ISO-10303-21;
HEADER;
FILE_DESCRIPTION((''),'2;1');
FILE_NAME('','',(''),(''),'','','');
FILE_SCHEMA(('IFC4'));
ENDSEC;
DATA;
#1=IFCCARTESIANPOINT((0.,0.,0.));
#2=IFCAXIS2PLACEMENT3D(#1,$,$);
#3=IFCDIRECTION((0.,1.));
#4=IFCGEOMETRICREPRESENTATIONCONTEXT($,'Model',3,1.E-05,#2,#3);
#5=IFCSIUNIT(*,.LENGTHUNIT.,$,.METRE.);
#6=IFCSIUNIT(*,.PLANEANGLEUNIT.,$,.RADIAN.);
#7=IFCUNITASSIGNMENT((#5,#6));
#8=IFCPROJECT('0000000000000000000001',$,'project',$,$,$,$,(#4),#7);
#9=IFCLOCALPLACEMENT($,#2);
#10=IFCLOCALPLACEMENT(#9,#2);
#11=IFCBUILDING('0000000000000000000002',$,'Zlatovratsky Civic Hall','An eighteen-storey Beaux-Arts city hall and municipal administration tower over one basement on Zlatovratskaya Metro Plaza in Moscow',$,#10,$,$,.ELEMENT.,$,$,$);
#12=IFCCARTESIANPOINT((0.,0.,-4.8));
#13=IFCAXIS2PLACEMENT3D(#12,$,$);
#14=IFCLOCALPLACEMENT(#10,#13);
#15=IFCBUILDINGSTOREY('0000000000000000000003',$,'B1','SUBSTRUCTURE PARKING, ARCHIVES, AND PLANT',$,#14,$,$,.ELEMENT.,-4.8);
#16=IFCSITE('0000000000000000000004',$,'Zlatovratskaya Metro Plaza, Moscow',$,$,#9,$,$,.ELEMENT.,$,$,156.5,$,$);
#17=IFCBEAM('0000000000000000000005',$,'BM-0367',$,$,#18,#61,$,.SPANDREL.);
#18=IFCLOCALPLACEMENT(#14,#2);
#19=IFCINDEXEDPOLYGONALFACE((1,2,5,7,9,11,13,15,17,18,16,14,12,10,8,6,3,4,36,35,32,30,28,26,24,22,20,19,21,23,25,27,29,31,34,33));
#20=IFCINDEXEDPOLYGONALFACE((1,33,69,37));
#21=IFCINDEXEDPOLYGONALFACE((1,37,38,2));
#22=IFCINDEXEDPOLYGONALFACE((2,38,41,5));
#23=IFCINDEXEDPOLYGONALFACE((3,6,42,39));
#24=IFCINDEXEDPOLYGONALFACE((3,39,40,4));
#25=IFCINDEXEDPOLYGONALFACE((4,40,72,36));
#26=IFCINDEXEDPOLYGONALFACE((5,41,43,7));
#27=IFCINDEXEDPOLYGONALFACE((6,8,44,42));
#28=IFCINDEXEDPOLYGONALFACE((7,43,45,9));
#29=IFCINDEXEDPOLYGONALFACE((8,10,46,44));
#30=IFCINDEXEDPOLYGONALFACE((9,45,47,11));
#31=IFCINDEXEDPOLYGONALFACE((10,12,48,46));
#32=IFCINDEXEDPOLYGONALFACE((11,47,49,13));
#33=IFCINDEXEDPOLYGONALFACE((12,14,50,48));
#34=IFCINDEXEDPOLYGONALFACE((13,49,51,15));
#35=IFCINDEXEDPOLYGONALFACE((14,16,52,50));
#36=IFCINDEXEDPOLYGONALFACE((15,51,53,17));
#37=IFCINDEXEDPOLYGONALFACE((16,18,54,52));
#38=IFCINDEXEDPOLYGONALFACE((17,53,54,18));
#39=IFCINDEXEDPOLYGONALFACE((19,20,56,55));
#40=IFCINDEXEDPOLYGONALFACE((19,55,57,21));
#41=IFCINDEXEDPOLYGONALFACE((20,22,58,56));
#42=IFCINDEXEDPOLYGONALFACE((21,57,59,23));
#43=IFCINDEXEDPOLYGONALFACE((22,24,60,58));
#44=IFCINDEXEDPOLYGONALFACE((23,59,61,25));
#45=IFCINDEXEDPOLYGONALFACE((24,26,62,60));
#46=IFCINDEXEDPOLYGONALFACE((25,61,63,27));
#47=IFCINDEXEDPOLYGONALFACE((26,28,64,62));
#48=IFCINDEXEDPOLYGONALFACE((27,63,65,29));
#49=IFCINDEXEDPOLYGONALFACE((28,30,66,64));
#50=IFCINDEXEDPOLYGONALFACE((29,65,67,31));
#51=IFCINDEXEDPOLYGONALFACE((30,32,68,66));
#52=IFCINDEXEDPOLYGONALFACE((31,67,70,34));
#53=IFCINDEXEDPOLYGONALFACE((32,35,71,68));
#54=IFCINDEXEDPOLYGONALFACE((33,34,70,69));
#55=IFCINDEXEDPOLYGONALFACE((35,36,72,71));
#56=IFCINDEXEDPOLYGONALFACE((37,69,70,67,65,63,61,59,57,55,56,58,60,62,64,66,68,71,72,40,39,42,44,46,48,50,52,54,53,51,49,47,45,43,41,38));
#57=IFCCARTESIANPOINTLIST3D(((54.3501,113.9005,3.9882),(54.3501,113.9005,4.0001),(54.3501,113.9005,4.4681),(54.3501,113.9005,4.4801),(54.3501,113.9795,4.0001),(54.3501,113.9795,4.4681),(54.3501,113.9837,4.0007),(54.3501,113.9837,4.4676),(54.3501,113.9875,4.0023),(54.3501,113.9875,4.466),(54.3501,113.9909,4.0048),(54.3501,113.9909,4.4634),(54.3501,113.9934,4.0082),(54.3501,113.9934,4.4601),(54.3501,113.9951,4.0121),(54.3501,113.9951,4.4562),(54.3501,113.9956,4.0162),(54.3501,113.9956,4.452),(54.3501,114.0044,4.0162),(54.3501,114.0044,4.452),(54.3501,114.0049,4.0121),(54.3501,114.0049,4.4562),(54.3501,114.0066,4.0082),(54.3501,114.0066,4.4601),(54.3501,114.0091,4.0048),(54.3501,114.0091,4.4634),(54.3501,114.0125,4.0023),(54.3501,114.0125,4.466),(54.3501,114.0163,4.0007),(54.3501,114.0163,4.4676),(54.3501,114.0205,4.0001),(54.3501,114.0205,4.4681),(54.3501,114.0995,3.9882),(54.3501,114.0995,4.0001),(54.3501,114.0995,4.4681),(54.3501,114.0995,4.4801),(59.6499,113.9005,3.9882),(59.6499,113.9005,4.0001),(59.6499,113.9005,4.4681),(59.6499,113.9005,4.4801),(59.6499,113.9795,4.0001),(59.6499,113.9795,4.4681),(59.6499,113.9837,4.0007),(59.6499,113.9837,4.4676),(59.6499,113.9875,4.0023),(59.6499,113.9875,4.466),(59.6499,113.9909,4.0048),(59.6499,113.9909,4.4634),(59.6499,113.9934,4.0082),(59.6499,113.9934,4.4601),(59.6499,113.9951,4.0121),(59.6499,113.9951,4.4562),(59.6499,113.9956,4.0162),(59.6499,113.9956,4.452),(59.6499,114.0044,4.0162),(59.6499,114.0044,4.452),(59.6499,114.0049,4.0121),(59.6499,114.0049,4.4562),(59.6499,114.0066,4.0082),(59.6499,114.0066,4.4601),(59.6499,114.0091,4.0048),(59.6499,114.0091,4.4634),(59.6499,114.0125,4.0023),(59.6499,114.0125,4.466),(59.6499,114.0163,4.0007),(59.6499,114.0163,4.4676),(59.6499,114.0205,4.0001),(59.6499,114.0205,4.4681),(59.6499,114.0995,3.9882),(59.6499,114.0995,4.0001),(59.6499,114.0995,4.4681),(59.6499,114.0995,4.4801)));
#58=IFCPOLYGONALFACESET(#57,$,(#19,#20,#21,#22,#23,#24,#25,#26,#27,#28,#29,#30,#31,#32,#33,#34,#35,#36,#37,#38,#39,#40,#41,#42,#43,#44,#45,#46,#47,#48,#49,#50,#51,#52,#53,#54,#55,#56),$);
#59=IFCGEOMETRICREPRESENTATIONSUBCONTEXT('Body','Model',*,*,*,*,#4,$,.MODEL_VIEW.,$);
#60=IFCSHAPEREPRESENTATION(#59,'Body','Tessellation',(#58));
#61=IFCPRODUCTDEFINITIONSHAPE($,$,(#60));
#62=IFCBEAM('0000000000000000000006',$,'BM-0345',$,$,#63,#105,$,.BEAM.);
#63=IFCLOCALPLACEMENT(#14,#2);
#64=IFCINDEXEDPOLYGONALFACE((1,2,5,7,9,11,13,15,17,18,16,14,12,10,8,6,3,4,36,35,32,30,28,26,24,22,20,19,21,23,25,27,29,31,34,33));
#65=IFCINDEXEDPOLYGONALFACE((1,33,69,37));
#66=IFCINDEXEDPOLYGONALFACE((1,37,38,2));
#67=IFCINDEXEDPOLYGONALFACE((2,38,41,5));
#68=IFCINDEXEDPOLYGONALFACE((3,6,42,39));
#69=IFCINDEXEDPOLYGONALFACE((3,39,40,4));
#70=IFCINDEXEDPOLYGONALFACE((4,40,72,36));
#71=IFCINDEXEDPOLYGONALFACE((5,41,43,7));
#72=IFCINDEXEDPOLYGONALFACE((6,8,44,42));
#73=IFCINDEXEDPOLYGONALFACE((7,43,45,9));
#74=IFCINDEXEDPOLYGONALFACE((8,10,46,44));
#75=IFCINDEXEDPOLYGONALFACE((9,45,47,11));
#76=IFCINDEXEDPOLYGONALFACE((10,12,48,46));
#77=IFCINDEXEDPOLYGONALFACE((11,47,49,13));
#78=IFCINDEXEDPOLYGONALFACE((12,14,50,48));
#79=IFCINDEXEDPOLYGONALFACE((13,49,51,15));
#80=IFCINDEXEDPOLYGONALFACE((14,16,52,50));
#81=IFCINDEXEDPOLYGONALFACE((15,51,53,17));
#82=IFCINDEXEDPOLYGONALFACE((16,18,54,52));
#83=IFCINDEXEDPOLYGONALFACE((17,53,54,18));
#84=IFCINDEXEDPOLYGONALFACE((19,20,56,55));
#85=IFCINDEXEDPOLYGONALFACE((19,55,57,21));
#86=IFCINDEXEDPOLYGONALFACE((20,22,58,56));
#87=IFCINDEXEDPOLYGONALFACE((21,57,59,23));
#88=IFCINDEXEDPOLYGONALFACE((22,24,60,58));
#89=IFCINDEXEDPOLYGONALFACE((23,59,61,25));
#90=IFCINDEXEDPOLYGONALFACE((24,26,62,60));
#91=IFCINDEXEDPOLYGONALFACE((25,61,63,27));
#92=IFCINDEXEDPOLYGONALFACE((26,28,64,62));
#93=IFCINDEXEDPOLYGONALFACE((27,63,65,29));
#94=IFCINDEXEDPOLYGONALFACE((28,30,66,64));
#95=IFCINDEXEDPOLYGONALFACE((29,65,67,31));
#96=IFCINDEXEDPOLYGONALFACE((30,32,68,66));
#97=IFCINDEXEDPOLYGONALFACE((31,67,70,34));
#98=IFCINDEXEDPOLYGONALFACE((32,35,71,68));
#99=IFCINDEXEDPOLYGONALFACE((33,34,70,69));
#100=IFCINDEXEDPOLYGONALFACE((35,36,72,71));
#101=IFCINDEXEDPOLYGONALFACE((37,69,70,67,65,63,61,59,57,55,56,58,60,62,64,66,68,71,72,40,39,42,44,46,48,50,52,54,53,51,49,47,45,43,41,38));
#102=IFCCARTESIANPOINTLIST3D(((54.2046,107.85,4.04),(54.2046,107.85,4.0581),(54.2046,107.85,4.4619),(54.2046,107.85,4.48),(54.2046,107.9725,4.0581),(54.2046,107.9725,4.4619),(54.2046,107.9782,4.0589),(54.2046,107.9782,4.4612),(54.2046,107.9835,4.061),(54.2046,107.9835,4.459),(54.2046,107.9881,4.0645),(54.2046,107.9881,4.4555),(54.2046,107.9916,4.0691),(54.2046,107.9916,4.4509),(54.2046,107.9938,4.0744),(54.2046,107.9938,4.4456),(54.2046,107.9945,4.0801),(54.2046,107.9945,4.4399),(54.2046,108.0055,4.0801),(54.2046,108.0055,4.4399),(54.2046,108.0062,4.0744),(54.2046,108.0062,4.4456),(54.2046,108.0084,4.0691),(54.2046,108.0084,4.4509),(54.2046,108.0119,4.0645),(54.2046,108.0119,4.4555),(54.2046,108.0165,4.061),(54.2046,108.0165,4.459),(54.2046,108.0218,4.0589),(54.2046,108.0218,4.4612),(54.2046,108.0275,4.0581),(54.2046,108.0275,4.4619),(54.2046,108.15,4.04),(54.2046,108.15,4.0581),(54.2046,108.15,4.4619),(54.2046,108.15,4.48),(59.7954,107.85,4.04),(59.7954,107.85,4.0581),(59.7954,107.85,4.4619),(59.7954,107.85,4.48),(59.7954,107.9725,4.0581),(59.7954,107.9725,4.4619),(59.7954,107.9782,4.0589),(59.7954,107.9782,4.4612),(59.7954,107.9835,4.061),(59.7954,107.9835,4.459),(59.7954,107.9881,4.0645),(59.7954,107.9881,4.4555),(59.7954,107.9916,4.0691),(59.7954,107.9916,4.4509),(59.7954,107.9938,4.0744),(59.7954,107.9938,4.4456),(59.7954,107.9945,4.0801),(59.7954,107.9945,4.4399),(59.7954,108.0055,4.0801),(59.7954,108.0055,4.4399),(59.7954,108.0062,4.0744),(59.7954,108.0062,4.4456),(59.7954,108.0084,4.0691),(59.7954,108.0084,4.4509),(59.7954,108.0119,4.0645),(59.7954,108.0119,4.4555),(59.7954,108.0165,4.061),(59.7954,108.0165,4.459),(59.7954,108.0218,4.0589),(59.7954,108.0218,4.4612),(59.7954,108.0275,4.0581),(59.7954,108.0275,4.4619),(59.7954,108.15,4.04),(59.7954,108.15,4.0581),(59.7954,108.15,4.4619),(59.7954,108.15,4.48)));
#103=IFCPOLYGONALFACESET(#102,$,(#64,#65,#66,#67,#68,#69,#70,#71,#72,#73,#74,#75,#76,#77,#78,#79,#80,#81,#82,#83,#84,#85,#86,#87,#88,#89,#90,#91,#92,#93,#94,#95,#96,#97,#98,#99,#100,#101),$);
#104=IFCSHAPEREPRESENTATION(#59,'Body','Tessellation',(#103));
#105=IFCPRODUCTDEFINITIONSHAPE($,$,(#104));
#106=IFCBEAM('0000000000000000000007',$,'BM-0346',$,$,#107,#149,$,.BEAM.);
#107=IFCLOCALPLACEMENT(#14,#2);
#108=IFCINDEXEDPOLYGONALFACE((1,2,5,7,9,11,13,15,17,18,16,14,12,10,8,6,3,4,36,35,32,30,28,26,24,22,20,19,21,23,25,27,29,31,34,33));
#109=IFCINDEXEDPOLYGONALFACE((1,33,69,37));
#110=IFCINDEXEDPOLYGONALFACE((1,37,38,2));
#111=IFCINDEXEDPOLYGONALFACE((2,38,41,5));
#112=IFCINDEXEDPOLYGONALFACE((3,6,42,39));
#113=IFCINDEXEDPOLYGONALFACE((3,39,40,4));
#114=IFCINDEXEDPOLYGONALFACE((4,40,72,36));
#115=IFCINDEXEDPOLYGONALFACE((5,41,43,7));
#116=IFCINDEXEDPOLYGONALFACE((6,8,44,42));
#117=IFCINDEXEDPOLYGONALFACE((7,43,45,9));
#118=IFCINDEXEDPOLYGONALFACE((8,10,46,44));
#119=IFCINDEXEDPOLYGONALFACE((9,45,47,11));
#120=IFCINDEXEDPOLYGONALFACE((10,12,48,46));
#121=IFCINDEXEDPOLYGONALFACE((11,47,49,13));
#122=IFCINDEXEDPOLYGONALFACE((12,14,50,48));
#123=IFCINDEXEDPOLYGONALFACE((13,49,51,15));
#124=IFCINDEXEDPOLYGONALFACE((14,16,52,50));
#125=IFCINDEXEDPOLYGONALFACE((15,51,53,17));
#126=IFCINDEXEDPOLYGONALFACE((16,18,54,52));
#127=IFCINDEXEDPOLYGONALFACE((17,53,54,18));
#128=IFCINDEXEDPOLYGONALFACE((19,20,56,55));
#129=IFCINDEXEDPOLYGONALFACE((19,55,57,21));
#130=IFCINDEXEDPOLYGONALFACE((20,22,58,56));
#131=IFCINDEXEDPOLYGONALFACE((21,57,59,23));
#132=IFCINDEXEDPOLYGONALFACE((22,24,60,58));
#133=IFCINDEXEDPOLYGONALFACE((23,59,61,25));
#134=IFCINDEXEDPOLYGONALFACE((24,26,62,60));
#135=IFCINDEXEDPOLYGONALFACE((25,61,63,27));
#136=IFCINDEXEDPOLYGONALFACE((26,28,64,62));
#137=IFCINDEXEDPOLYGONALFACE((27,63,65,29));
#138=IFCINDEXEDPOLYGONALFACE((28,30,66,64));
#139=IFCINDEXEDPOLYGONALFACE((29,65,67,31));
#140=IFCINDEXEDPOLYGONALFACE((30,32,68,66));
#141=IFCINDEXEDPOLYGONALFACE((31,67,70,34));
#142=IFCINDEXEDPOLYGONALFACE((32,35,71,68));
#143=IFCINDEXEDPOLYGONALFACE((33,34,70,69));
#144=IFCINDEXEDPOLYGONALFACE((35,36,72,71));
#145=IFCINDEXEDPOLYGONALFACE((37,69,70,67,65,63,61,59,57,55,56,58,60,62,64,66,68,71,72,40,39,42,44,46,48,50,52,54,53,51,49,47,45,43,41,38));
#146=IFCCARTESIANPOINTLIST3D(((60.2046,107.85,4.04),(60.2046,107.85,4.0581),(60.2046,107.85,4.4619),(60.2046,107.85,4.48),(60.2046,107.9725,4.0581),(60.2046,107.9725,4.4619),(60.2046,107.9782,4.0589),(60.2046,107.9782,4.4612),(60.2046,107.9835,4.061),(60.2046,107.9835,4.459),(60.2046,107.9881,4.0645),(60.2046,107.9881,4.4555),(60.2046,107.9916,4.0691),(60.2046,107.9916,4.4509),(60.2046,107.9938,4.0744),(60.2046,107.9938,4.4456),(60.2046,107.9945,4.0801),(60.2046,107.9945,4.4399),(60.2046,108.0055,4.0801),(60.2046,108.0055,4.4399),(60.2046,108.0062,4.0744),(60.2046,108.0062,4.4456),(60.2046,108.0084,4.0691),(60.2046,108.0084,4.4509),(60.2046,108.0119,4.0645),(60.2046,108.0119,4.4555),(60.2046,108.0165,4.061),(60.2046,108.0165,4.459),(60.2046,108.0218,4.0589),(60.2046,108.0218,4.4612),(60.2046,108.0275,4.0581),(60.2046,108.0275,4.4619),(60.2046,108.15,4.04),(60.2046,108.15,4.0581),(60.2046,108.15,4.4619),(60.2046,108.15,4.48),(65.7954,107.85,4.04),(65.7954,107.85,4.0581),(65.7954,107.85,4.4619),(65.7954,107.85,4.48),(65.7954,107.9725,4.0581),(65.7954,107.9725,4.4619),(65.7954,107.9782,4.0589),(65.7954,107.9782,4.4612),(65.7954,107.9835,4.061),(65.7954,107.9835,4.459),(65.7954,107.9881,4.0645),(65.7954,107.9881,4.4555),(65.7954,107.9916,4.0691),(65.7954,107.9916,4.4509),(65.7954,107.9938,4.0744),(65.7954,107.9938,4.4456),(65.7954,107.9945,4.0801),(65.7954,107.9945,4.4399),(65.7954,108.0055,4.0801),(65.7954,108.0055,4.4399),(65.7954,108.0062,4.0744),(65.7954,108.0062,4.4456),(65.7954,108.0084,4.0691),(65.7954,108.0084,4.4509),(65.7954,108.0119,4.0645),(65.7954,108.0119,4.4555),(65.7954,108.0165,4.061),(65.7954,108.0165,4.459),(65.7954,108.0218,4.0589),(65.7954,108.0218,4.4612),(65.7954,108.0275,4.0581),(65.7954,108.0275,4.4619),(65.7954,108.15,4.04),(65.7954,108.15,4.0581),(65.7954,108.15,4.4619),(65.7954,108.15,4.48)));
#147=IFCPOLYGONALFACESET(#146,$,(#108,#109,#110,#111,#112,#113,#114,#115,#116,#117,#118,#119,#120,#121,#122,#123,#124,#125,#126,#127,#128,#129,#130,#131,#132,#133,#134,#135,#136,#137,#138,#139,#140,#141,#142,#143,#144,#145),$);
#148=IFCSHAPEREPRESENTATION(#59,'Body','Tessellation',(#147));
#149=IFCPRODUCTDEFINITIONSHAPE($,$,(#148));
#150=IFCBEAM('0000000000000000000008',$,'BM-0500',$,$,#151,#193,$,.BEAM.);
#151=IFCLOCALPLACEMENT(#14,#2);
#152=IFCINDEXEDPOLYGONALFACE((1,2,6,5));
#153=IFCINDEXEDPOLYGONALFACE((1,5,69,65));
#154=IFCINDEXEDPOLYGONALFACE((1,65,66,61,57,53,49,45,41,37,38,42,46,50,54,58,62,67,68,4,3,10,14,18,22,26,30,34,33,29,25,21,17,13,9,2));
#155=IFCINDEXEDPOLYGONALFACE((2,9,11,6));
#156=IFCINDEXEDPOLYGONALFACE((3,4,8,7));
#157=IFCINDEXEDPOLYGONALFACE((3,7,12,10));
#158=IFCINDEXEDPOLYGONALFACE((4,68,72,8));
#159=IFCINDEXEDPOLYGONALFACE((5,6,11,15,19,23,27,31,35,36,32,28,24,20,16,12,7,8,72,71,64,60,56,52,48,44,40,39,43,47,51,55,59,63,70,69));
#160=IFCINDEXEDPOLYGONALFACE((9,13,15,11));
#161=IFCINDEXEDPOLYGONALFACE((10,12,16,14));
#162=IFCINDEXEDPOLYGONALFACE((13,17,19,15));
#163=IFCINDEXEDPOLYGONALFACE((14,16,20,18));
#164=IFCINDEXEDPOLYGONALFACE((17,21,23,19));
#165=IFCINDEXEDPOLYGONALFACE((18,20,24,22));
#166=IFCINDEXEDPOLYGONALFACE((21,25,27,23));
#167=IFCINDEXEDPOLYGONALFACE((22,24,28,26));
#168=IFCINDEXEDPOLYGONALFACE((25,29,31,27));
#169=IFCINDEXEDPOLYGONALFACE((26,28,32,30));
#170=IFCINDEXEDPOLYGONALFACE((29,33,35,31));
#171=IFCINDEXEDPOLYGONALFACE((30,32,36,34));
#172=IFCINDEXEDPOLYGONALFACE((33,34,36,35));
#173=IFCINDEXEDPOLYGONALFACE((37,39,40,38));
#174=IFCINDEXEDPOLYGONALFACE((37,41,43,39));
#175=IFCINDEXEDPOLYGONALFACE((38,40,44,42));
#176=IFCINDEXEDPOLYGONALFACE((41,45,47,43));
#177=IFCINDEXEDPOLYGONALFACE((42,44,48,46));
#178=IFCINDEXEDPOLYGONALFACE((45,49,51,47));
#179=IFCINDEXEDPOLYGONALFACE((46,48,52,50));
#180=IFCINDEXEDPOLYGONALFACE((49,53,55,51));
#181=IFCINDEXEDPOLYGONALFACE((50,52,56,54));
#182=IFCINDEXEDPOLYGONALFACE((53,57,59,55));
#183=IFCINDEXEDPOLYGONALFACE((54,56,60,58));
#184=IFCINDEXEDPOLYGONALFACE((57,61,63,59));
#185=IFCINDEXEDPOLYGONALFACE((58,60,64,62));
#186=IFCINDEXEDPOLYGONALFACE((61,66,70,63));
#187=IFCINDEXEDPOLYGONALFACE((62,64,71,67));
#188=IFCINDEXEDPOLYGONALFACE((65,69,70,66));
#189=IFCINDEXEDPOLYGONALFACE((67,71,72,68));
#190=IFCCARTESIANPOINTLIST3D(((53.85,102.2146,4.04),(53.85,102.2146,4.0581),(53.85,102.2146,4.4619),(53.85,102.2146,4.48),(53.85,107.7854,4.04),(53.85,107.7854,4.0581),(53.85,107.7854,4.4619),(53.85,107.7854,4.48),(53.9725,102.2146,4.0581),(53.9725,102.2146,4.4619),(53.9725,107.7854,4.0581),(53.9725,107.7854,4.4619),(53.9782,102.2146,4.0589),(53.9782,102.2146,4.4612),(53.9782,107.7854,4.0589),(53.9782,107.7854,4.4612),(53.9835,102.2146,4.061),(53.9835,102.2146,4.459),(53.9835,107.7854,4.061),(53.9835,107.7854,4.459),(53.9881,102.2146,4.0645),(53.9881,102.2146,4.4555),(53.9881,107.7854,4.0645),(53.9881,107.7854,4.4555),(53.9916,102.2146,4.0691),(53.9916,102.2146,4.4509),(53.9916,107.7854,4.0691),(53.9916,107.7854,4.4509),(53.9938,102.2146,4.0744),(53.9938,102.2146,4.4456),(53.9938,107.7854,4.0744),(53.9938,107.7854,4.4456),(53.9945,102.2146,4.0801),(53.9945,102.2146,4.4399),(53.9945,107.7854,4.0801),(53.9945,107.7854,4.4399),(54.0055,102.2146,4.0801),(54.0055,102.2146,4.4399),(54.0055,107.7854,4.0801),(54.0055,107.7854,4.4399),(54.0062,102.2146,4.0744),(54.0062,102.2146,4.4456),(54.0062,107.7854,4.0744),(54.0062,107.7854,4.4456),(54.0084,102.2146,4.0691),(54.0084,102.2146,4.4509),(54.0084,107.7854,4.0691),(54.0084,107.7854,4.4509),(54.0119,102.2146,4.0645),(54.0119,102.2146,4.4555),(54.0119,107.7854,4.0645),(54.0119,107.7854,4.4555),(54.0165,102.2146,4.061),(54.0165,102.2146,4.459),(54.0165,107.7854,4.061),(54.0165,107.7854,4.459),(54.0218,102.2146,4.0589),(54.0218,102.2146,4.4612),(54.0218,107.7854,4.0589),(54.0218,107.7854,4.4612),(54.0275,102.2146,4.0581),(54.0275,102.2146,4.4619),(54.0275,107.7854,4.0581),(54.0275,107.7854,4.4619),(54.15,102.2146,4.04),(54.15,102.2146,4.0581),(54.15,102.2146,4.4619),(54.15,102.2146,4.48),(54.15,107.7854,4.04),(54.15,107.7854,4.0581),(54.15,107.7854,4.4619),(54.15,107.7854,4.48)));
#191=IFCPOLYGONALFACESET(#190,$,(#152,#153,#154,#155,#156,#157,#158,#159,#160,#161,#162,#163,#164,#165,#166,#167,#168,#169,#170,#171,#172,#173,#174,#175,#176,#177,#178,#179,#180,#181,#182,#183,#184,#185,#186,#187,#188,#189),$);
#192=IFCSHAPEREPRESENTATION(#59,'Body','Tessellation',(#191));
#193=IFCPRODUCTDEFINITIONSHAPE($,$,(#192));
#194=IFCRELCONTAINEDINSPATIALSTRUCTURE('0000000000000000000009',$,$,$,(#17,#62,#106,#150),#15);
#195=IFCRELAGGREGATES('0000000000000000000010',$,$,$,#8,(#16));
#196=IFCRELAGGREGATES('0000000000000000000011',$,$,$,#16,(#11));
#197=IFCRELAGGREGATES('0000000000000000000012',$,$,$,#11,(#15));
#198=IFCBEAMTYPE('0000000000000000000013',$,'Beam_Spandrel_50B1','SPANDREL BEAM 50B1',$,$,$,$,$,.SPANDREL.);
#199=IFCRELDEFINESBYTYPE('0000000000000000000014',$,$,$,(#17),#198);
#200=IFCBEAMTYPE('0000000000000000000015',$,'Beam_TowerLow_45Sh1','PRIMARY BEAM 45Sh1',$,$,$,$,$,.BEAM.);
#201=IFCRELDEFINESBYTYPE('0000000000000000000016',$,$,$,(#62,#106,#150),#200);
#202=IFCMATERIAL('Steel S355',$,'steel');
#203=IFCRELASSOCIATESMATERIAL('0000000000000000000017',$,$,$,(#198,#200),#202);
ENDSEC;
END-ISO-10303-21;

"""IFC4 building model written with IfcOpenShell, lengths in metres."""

from ifc_helpers import new_model, si_unit, direction, frame, origin, origin_2d, place, context, subcontext, project, spatial, i_section, extrude, material, material_profile, profile_set, type_object, element, save


model = new_model("IFC4")

# Units and contexts
model_context = context("Model", 3, precision=1e-05, world=origin(), true_north=direction((0.0, 1.0)))
body_context = subcontext(model_context, "Body", "Model", "MODEL_VIEW")
ifc_project = project(units=[si_unit("LENGTHUNIT", "METRE"), si_unit("PLANEANGLEUNIT", "RADIAN")], contexts=[model_context])

# Site, building, storey
site_placement = place(None, origin())
site = spatial("IfcSite", under=ifc_project, at=site_placement, Name="Zlatovratskaya Metro Plaza, Moscow", CompositionType="ELEMENT", RefElevation=156.5)
building_placement = place(site_placement, origin())
building = spatial("IfcBuilding", under=site, at=building_placement, Name="Zlatovratsky Civic Hall", Description="An eighteen-storey Beaux-Arts city hall and municipal administration tower over one basement on Zlatovratskaya Metro Plaza in Moscow", CompositionType="ELEMENT")
storey_placement = place(building_placement, frame((0.0, 0.0, -4.8)))
storey = spatial("IfcBuildingStorey", under=building, at=storey_placement, Name="B1", Description="SUBSTRUCTURE PARKING, ARCHIVES, AND PLANT", CompositionType="ELEMENT", Elevation=-4.8)

# Shared definitions
ifc_material_1 = material(Name="Steel S355", Category="steel")

# Beams
ifc_material_profile_1 = material_profile(ifc_material_1, i_section(OverallWidth=0.199, OverallDepth=0.4919, WebThickness=0.0088, FlangeThickness=0.012, FilletRadius=0.0161, at=origin_2d()), Name="50B1")
ifc_profile_set_1 = profile_set([ifc_material_profile_1], Name="Steel S355")
beam_type_1 = type_object("IfcBeamType", Name="Beam_Spandrel_50B1", Description="SPANDREL BEAM 50B1", PredefinedType="SPANDREL", material=ifc_profile_set_1)
beam_1_placement = place(storey_placement, frame((54.3501, 114.0, 4.2341), z_axis=(1.0, 0.0, 0.0), x_axis=(0.0, 1.0, 0.0)))
element("IfcBeam", 1, at=beam_1_placement, inside=storey, type_object=beam_type_1, Name="BM-0367", PredefinedType="SPANDREL", context=body_context, shape_type="SweptSolid", body=[
    extrude(i_section(OverallWidth=0.199, OverallDepth=0.4919, WebThickness=0.0088, FlangeThickness=0.012, FilletRadius=0.0161, at=origin_2d()), origin(), (0.0, 0.0, 1.0), 5.2998),
])
ifc_material_profile_2 = material_profile(ifc_material_1, i_section(OverallWidth=0.3, OverallDepth=0.4399, WebThickness=0.011, FlangeThickness=0.0181, FilletRadius=0.022, at=origin_2d()), Name="45Sh1")
ifc_profile_set_2 = profile_set([ifc_material_profile_2], Name="Steel S355")
beam_type_2 = type_object("IfcBeamType", Name="Beam_TowerLow_45Sh1", Description="PRIMARY BEAM 45Sh1", PredefinedType="BEAM", material=ifc_profile_set_2)
for number, where, z_axis, x_axis, name in (
    (2, (54.2046, 108.0, 4.26), (1.0, 0.0, 0.0), (0.0, 1.0, 0.0), "BM-0345"),
    (3, (60.2046, 108.0, 4.26), (1.0, 0.0, 0.0), (0.0, 1.0, 0.0), "BM-0346"),
):
    element("IfcBeam", number, at=place(storey_placement, frame(where, z_axis=z_axis, x_axis=x_axis)), inside=storey, type_object=beam_type_2, Name=name, PredefinedType="BEAM", context=body_context, shape_type="SweptSolid", body=[
        extrude(i_section(OverallWidth=0.3, OverallDepth=0.4399, WebThickness=0.011, FlangeThickness=0.0181, FilletRadius=0.022, at=origin_2d()), origin(), (0.0, 0.0, 1.0), 5.5908),
    ])
beam_2_placement = place(storey_placement, frame((54.0, 102.2146, 4.26), z_axis=(0.0, 1.0, 0.0), x_axis=(-1.0, 0.0, 0.0)))
element("IfcBeam", 4, at=beam_2_placement, inside=storey, type_object=beam_type_2, Name="BM-0500", PredefinedType="BEAM", context=body_context, shape_type="SweptSolid", body=[
    extrude(i_section(OverallWidth=0.3, OverallDepth=0.4399, WebThickness=0.011, FlangeThickness=0.0181, FilletRadius=0.022, at=origin_2d()), origin(), (0.0, 0.0, 1.0), 5.5708),
])

save(model, "model.ifc")
